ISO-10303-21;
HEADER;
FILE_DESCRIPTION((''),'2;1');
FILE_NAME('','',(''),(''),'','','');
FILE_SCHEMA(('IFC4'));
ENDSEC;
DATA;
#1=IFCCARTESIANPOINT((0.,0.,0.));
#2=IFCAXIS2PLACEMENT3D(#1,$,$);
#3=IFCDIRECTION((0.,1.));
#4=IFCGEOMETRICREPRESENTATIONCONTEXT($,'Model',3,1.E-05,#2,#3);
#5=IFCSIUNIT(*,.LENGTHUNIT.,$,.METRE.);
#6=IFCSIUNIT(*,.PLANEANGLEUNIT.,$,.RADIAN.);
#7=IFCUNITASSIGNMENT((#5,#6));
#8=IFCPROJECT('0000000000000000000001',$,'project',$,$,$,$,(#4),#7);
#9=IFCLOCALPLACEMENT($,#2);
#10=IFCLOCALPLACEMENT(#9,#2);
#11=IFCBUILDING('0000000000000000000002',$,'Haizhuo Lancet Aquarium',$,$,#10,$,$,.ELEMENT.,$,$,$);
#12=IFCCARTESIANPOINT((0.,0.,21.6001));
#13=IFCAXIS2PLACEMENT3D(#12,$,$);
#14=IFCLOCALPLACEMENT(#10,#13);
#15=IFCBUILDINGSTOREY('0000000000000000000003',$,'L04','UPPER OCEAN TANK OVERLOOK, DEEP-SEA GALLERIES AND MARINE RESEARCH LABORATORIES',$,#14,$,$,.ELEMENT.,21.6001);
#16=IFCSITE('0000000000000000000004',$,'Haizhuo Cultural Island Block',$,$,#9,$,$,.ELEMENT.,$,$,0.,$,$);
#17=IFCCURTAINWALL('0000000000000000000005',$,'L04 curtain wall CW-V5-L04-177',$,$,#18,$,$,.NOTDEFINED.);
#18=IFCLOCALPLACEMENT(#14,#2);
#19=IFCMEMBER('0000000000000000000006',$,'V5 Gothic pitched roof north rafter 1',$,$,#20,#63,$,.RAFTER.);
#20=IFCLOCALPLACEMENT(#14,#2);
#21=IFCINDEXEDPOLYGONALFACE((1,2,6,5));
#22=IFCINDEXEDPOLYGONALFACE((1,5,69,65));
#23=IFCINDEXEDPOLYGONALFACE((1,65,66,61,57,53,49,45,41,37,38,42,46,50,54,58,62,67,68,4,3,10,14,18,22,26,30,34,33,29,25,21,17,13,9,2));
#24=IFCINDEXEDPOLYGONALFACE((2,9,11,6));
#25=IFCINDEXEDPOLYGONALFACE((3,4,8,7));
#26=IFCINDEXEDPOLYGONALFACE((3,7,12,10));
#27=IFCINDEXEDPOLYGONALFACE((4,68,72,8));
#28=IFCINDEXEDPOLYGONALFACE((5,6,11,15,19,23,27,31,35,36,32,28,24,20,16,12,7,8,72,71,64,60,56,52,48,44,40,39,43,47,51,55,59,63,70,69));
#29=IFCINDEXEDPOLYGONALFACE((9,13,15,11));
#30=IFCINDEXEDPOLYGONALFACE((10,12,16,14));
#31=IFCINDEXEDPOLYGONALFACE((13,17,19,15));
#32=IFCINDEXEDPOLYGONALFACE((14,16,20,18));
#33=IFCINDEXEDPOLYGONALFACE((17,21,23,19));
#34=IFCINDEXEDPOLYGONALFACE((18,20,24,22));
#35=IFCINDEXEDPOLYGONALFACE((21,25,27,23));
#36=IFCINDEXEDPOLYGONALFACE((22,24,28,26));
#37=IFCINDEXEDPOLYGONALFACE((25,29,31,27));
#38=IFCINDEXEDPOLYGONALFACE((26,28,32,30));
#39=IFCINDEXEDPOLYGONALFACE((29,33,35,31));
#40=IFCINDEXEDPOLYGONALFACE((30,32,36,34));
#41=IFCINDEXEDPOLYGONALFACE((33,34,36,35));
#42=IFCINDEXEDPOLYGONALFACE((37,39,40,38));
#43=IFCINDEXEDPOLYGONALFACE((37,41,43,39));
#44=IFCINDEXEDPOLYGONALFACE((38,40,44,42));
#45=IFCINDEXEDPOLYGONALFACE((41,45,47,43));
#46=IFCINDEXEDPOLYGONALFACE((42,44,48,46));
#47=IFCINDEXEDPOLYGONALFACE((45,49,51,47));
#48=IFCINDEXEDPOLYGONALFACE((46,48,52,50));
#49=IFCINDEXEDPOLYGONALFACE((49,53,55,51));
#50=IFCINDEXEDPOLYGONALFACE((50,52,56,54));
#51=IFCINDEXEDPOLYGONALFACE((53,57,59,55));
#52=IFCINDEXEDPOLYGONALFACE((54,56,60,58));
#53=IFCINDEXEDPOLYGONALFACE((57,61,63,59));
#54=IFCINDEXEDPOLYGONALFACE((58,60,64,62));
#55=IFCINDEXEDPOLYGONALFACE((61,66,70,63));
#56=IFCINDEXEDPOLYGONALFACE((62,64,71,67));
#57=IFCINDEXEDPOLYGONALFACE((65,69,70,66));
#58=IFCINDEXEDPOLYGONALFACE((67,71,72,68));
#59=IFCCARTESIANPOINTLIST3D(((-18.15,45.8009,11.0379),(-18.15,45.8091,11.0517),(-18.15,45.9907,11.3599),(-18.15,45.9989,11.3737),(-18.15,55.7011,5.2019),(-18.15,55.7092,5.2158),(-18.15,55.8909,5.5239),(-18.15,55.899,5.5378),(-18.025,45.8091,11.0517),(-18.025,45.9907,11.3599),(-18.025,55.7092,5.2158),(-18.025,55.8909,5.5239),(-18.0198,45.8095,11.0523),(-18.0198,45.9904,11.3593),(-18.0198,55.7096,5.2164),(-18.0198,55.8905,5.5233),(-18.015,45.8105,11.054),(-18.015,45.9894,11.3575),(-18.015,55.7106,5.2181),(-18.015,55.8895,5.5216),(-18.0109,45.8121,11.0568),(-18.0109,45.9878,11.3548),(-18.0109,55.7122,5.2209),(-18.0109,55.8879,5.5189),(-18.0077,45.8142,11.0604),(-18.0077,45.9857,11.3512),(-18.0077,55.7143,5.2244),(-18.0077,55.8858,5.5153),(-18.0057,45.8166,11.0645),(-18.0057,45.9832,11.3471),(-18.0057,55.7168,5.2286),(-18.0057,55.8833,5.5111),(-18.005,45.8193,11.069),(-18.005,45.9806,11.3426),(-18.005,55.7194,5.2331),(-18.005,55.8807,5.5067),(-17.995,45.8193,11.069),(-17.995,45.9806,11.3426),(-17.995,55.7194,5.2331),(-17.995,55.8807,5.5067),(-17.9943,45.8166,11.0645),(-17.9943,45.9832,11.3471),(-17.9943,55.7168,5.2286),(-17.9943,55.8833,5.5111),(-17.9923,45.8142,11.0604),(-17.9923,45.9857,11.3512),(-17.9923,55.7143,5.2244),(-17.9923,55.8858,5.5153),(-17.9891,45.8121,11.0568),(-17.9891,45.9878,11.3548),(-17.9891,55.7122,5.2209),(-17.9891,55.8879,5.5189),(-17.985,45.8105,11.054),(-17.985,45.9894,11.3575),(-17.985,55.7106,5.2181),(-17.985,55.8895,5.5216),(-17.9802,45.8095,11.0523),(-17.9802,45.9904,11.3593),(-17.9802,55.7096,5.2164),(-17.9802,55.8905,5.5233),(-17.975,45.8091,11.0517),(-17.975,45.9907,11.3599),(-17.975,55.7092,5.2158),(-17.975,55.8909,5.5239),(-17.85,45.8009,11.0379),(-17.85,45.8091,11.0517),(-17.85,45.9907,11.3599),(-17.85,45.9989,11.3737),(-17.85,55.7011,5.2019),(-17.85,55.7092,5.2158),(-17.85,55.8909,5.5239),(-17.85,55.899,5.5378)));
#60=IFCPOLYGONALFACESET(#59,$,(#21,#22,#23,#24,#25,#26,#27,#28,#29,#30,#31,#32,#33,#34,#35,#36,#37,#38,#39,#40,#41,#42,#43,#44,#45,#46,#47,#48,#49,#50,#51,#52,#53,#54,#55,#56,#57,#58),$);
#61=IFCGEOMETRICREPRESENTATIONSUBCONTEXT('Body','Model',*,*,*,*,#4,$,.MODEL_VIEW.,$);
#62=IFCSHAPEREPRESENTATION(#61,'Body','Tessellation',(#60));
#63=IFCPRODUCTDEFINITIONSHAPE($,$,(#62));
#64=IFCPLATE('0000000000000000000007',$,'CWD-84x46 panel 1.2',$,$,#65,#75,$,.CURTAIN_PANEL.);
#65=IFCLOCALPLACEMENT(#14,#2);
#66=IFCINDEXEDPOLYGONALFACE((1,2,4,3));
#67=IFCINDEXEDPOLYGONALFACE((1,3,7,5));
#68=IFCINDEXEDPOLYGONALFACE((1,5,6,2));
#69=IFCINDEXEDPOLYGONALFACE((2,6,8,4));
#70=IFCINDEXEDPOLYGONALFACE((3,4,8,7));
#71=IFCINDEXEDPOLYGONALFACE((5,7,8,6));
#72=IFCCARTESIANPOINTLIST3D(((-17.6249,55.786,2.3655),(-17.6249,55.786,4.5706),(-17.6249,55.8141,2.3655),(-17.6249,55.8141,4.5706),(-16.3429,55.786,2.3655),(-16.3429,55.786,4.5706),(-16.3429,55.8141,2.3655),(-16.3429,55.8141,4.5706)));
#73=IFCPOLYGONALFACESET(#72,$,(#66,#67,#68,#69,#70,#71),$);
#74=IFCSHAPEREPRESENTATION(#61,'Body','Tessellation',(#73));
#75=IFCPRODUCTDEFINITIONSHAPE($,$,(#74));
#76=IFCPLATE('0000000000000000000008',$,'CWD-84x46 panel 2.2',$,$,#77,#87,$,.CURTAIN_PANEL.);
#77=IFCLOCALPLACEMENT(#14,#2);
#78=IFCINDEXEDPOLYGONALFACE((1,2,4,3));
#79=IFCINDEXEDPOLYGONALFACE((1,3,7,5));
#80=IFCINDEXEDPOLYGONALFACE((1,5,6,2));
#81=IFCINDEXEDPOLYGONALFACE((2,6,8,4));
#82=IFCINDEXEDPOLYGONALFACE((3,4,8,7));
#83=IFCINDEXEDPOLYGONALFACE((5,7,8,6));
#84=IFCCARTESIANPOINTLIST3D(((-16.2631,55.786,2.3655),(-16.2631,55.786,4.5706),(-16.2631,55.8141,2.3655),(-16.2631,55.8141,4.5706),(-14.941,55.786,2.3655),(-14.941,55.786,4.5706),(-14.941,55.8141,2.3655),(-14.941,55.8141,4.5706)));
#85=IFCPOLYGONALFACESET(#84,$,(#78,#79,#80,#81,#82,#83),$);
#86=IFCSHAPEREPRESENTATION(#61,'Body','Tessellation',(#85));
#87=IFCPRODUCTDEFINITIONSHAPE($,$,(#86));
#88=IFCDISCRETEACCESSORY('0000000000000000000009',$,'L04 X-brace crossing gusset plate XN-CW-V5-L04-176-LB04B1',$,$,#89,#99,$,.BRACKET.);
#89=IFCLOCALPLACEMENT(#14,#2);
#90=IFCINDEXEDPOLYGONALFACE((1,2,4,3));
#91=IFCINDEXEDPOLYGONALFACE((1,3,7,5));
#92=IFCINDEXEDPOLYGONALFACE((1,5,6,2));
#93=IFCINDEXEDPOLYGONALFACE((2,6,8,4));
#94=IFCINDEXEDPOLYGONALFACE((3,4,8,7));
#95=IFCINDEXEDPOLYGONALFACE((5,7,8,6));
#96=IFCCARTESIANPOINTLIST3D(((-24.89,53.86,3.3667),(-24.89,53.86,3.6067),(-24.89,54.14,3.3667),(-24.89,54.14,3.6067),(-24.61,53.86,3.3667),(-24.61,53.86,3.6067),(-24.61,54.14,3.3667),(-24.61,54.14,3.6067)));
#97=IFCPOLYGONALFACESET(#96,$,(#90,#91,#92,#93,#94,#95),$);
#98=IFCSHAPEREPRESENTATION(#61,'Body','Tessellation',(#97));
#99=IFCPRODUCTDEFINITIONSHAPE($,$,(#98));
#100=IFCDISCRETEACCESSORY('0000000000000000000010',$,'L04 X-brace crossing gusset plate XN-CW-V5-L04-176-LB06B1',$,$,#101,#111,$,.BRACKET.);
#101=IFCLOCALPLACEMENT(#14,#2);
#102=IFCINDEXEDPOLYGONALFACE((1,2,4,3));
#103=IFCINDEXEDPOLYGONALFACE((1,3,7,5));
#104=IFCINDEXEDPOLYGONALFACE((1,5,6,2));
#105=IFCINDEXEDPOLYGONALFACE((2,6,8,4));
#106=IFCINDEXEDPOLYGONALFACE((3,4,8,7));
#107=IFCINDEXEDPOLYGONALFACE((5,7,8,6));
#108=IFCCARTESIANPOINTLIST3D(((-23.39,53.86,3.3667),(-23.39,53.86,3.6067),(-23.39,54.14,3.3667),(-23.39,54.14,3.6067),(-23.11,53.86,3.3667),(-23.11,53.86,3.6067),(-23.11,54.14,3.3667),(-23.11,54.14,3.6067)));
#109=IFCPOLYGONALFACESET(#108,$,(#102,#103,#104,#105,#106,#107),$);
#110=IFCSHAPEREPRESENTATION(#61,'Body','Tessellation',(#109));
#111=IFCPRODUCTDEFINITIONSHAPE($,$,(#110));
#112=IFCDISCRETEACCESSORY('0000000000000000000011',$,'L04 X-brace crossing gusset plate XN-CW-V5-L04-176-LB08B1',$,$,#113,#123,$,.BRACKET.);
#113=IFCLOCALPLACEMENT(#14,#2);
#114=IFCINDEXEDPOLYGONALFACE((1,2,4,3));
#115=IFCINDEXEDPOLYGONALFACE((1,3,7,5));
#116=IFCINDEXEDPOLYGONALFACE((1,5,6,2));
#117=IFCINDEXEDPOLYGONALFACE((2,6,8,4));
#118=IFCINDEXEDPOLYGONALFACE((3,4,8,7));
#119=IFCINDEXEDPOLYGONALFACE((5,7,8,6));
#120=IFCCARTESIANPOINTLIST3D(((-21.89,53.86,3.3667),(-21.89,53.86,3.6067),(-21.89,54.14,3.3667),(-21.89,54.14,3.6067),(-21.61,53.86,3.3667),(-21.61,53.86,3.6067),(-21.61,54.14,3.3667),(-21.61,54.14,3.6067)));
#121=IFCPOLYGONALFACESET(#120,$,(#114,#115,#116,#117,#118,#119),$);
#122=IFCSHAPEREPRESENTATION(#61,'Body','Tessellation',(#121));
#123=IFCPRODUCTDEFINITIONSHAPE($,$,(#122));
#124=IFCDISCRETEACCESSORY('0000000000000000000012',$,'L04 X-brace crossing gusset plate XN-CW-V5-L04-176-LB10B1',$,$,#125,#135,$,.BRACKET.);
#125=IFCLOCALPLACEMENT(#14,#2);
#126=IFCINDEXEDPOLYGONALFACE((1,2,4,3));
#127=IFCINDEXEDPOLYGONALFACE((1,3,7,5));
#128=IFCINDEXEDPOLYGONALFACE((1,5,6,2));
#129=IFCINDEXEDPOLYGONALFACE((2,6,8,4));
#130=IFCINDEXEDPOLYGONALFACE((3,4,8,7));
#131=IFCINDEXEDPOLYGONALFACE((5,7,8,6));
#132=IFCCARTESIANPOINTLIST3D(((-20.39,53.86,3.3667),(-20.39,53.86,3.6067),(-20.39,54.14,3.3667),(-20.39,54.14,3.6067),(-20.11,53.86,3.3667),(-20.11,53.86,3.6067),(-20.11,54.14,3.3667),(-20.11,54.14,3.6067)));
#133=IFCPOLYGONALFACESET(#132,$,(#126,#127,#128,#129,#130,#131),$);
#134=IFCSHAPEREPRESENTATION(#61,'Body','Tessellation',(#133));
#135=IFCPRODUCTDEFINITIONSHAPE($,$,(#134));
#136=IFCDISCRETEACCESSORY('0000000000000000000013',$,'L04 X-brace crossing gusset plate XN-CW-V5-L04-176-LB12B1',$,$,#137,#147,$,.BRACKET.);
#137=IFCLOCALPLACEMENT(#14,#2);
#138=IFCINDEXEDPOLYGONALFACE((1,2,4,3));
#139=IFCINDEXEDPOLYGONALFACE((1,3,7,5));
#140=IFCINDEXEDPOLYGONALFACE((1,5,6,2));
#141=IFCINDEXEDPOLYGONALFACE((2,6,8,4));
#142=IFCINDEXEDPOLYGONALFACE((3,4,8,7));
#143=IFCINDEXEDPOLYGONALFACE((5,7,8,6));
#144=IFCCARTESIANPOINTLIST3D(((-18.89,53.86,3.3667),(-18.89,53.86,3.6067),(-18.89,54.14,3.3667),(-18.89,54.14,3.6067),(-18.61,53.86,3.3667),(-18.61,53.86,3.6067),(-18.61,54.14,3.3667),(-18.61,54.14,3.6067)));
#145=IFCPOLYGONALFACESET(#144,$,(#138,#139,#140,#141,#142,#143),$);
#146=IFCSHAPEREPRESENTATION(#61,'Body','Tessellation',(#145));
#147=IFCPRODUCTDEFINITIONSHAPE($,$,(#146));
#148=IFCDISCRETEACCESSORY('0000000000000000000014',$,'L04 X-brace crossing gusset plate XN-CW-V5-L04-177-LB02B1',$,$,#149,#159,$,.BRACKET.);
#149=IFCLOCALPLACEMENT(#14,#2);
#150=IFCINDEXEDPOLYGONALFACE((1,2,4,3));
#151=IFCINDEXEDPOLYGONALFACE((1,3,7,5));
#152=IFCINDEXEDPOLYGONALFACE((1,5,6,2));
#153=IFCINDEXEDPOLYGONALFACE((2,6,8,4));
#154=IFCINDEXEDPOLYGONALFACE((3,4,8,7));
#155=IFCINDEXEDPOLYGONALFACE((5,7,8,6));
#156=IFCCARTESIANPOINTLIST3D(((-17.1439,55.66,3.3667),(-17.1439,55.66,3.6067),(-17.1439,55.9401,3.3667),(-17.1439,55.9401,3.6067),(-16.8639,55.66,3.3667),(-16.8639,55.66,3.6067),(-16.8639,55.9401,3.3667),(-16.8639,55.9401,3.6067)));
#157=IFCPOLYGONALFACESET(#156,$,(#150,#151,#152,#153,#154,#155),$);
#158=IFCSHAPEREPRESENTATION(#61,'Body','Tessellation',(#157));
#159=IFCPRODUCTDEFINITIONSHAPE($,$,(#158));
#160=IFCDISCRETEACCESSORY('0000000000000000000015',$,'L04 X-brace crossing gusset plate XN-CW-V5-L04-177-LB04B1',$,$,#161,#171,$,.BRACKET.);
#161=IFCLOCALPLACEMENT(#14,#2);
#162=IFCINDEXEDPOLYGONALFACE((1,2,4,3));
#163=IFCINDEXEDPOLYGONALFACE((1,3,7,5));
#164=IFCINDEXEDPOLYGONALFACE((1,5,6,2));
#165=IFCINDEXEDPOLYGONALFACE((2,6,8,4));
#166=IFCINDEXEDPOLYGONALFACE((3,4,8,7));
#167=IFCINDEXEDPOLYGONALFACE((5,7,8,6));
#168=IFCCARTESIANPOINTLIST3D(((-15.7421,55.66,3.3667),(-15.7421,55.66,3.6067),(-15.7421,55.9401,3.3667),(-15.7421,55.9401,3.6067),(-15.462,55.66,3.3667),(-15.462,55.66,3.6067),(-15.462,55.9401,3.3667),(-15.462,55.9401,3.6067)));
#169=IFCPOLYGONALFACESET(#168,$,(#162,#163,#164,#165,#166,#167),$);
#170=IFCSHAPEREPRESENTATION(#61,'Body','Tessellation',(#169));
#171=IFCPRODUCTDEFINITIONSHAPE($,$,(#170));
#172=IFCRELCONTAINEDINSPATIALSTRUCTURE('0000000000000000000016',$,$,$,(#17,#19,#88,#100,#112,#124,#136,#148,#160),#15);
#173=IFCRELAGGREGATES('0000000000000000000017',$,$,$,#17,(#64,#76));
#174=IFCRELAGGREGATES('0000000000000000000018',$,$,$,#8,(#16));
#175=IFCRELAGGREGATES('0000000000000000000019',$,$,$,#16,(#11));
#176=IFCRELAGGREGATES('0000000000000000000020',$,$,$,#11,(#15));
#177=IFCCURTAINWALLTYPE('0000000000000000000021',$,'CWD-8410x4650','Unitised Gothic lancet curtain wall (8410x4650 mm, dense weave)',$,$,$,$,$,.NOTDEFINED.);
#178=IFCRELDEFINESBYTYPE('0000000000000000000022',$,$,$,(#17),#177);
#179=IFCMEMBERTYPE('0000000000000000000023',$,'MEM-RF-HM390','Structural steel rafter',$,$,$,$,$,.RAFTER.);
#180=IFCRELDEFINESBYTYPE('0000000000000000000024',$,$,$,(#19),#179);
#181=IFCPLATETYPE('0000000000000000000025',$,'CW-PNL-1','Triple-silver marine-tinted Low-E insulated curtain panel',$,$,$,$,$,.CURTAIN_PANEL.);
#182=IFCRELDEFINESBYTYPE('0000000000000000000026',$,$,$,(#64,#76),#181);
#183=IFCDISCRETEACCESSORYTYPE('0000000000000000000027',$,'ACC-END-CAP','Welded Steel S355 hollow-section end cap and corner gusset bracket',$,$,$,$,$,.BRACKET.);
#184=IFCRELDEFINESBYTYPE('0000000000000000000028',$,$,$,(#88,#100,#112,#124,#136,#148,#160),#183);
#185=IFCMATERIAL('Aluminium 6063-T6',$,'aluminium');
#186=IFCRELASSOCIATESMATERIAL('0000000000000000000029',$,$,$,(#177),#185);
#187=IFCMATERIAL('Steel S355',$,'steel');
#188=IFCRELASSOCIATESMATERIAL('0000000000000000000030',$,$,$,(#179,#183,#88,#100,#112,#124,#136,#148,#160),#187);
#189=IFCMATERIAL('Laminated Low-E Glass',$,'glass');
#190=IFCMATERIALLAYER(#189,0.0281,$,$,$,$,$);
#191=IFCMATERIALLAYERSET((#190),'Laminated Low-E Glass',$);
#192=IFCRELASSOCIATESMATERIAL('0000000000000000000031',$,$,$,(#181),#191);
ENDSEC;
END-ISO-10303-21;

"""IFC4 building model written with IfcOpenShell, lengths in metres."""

from ifc_helpers import new_model, si_unit, direction, frame, origin, origin_2d, place, context, subcontext, project, spatial, rectangle, i_section, extrude, material, layer, layer_set, material_profile, profile_set, type_object, element, aggregate, save


model = new_model("IFC4")

# Units and contexts
model_context = context("Model", 3, precision=1e-05, world=origin(), true_north=direction((0.0, 1.0)))
body_context = subcontext(model_context, "Body", "Model", "MODEL_VIEW")
ifc_project = project(units=[si_unit("LENGTHUNIT", "METRE"), si_unit("PLANEANGLEUNIT", "RADIAN")], contexts=[model_context])

# Site, building, storey
site_placement = place(None, origin())
site = spatial("IfcSite", under=ifc_project, at=site_placement, Name="Haizhuo Cultural Island Block", CompositionType="ELEMENT", RefElevation=0.0)
building_placement = place(site_placement, origin())
building = spatial("IfcBuilding", under=site, at=building_placement, Name="Haizhuo Lancet Aquarium", CompositionType="ELEMENT")
storey_placement = place(building_placement, frame((0.0, 0.0, 21.6001)))
storey = spatial("IfcBuildingStorey", under=building, at=storey_placement, Name="L04", Description="UPPER OCEAN TANK OVERLOOK, DEEP-SEA GALLERIES AND MARINE RESEARCH LABORATORIES", CompositionType="ELEMENT", Elevation=21.6001)

# Curtain wall
ifc_material_1 = material(Name="Aluminium 6063-T6", Category="aluminium")
curtain_wall_type_1 = type_object("IfcCurtainWallType", Name="CWD-8410x4650", Description="Unitised Gothic lancet curtain wall (8410x4650 mm, dense weave)", PredefinedType="NOTDEFINED", material=ifc_material_1)
curtain_wall_1_placement = place(storey_placement, origin())
curtain_wall_1 = element("IfcCurtainWall", 1, at=curtain_wall_1_placement, inside=storey, type_object=curtain_wall_type_1, Name="L04 curtain wall CW-V5-L04-177", PredefinedType="NOTDEFINED")

# Member
ifc_material_2 = material(Name="Steel S355", Category="steel")
ifc_material_profile_1 = material_profile(ifc_material_2, i_section(OverallWidth=0.3, OverallDepth=0.3899, WebThickness=0.01, FlangeThickness=0.0161, FilletRadius=0.02, at=origin_2d()), Name="HM 390x300x10x16")
ifc_profile_set_1 = profile_set([ifc_material_profile_1], Name="Steel S355")
member_type_1 = type_object("IfcMemberType", Name="MEM-RF-HM390", Description="Structural steel rafter", PredefinedType="RAFTER", material=ifc_profile_set_1)
member_1_placement = place(storey_placement, frame((-18.0, 55.8, 5.3699), z_axis=(0.0, -0.861465, 0.507816), x_axis=(1.0, 0.0, 0.0)))
element("IfcMember", 2, at=member_1_placement, inside=storey, type_object=member_type_1, Name="V5 Gothic pitched roof north rafter 1", PredefinedType="RAFTER", context=body_context, shape_type="SweptSolid", body=[
    extrude(i_section(OverallWidth=0.3, OverallDepth=0.3899, WebThickness=0.01, FlangeThickness=0.0161, FilletRadius=0.02, at=origin_2d()), origin(), (0.0, 0.0, 1.0), 11.4922),
])

# Plates
ifc_material_3 = material(Name="Laminated Low-E Glass", Category="glass")
ifc_layer = layer(ifc_material_3, 0.0281)
ifc_layer_set = layer_set([ifc_layer], Name="Laminated Low-E Glass")
plate_type = type_object("IfcPlateType", Name="CW-PNL-1", Description="Triple-silver marine-tinted Low-E insulated curtain panel", PredefinedType="CURTAIN_PANEL", material=ifc_layer_set)
plate_1_placement = place(storey_placement, frame((-16.9839, 55.8, 2.3655), z_axis=(0.0, 0.0, 1.0), x_axis=(1.0, 0.0, 0.0)))
plate_1 = element("IfcPlate", 3, at=plate_1_placement, type_object=plate_type, Name="CWD-84x46 panel 1.2", PredefinedType="CURTAIN_PANEL", context=body_context, shape_type="SweptSolid", body=[
    extrude(rectangle(XDim=1.282, YDim=0.0281, at=origin_2d()), origin(), (0.0, 0.0, 1.0), 2.2051),
])
plate_2_placement = place(storey_placement, frame((-15.6021, 55.8, 2.3655), z_axis=(0.0, 0.0, 1.0), x_axis=(1.0, 0.0, 0.0)))
plate_2 = element("IfcPlate", 4, at=plate_2_placement, type_object=plate_type, Name="CWD-84x46 panel 2.2", PredefinedType="CURTAIN_PANEL", context=body_context, shape_type="SweptSolid", body=[
    extrude(rectangle(XDim=1.322, YDim=0.0281, at=origin_2d()), origin(), (0.0, 0.0, 1.0), 2.2051),
])
aggregate(curtain_wall_1, [plate_1, plate_2])

# Discrete accessories
discrete_accessory_type = type_object("IfcDiscreteAccessoryType", Name="ACC-END-CAP", Description="Welded Steel S355 hollow-section end cap and corner gusset bracket", PredefinedType="BRACKET", material=ifc_material_2)
for number, where, z_axis, x_axis, name in (
    (5, (-24.75, 54.0, 3.3667), (0.0, 0.0, 1.0), (1.0, 0.0, 0.0), "L04 X-brace crossing gusset plate XN-CW-V5-L04-176-LB04B1"),
    (6, (-23.25, 54.0, 3.3667), (0.0, 0.0, 1.0), (1.0, 0.0, 0.0), "L04 X-brace crossing gusset plate XN-CW-V5-L04-176-LB06B1"),
    (7, (-21.75, 54.0, 3.3667), (0.0, 0.0, 1.0), (1.0, 0.0, 0.0), "L04 X-brace crossing gusset plate XN-CW-V5-L04-176-LB08B1"),
    (8, (-20.25, 54.0, 3.3667), (0.0, 0.0, 1.0), (1.0, 0.0, 0.0), "L04 X-brace crossing gusset plate XN-CW-V5-L04-176-LB10B1"),
    (9, (-18.75, 54.0, 3.3667), (0.0, 0.0, 1.0), (1.0, 0.0, 0.0), "L04 X-brace crossing gusset plate XN-CW-V5-L04-176-LB12B1"),
    (10, (-17.0039, 55.8, 3.3667), (0.0, 0.0, 1.0), (1.0, 0.0, 0.0), "L04 X-brace crossing gusset plate XN-CW-V5-L04-177-LB02B1"),
    (11, (-15.6021, 55.8, 3.3667), (0.0, 0.0, 1.0), (1.0, 0.0, 0.0), "L04 X-brace crossing gusset plate XN-CW-V5-L04-177-LB04B1"),
):
    element("IfcDiscreteAccessory", number, at=place(storey_placement, frame(where, z_axis=z_axis, x_axis=x_axis)), inside=storey, type_object=discrete_accessory_type, material=ifc_material_2, Name=name, PredefinedType="BRACKET", context=body_context, shape_type="SweptSolid", body=[
        extrude(rectangle(XDim=0.28, YDim=0.28, at=origin_2d()), origin(), (0.0, 0.0, 1.0), 0.24),
    ])

save(model, "model.ifc")
